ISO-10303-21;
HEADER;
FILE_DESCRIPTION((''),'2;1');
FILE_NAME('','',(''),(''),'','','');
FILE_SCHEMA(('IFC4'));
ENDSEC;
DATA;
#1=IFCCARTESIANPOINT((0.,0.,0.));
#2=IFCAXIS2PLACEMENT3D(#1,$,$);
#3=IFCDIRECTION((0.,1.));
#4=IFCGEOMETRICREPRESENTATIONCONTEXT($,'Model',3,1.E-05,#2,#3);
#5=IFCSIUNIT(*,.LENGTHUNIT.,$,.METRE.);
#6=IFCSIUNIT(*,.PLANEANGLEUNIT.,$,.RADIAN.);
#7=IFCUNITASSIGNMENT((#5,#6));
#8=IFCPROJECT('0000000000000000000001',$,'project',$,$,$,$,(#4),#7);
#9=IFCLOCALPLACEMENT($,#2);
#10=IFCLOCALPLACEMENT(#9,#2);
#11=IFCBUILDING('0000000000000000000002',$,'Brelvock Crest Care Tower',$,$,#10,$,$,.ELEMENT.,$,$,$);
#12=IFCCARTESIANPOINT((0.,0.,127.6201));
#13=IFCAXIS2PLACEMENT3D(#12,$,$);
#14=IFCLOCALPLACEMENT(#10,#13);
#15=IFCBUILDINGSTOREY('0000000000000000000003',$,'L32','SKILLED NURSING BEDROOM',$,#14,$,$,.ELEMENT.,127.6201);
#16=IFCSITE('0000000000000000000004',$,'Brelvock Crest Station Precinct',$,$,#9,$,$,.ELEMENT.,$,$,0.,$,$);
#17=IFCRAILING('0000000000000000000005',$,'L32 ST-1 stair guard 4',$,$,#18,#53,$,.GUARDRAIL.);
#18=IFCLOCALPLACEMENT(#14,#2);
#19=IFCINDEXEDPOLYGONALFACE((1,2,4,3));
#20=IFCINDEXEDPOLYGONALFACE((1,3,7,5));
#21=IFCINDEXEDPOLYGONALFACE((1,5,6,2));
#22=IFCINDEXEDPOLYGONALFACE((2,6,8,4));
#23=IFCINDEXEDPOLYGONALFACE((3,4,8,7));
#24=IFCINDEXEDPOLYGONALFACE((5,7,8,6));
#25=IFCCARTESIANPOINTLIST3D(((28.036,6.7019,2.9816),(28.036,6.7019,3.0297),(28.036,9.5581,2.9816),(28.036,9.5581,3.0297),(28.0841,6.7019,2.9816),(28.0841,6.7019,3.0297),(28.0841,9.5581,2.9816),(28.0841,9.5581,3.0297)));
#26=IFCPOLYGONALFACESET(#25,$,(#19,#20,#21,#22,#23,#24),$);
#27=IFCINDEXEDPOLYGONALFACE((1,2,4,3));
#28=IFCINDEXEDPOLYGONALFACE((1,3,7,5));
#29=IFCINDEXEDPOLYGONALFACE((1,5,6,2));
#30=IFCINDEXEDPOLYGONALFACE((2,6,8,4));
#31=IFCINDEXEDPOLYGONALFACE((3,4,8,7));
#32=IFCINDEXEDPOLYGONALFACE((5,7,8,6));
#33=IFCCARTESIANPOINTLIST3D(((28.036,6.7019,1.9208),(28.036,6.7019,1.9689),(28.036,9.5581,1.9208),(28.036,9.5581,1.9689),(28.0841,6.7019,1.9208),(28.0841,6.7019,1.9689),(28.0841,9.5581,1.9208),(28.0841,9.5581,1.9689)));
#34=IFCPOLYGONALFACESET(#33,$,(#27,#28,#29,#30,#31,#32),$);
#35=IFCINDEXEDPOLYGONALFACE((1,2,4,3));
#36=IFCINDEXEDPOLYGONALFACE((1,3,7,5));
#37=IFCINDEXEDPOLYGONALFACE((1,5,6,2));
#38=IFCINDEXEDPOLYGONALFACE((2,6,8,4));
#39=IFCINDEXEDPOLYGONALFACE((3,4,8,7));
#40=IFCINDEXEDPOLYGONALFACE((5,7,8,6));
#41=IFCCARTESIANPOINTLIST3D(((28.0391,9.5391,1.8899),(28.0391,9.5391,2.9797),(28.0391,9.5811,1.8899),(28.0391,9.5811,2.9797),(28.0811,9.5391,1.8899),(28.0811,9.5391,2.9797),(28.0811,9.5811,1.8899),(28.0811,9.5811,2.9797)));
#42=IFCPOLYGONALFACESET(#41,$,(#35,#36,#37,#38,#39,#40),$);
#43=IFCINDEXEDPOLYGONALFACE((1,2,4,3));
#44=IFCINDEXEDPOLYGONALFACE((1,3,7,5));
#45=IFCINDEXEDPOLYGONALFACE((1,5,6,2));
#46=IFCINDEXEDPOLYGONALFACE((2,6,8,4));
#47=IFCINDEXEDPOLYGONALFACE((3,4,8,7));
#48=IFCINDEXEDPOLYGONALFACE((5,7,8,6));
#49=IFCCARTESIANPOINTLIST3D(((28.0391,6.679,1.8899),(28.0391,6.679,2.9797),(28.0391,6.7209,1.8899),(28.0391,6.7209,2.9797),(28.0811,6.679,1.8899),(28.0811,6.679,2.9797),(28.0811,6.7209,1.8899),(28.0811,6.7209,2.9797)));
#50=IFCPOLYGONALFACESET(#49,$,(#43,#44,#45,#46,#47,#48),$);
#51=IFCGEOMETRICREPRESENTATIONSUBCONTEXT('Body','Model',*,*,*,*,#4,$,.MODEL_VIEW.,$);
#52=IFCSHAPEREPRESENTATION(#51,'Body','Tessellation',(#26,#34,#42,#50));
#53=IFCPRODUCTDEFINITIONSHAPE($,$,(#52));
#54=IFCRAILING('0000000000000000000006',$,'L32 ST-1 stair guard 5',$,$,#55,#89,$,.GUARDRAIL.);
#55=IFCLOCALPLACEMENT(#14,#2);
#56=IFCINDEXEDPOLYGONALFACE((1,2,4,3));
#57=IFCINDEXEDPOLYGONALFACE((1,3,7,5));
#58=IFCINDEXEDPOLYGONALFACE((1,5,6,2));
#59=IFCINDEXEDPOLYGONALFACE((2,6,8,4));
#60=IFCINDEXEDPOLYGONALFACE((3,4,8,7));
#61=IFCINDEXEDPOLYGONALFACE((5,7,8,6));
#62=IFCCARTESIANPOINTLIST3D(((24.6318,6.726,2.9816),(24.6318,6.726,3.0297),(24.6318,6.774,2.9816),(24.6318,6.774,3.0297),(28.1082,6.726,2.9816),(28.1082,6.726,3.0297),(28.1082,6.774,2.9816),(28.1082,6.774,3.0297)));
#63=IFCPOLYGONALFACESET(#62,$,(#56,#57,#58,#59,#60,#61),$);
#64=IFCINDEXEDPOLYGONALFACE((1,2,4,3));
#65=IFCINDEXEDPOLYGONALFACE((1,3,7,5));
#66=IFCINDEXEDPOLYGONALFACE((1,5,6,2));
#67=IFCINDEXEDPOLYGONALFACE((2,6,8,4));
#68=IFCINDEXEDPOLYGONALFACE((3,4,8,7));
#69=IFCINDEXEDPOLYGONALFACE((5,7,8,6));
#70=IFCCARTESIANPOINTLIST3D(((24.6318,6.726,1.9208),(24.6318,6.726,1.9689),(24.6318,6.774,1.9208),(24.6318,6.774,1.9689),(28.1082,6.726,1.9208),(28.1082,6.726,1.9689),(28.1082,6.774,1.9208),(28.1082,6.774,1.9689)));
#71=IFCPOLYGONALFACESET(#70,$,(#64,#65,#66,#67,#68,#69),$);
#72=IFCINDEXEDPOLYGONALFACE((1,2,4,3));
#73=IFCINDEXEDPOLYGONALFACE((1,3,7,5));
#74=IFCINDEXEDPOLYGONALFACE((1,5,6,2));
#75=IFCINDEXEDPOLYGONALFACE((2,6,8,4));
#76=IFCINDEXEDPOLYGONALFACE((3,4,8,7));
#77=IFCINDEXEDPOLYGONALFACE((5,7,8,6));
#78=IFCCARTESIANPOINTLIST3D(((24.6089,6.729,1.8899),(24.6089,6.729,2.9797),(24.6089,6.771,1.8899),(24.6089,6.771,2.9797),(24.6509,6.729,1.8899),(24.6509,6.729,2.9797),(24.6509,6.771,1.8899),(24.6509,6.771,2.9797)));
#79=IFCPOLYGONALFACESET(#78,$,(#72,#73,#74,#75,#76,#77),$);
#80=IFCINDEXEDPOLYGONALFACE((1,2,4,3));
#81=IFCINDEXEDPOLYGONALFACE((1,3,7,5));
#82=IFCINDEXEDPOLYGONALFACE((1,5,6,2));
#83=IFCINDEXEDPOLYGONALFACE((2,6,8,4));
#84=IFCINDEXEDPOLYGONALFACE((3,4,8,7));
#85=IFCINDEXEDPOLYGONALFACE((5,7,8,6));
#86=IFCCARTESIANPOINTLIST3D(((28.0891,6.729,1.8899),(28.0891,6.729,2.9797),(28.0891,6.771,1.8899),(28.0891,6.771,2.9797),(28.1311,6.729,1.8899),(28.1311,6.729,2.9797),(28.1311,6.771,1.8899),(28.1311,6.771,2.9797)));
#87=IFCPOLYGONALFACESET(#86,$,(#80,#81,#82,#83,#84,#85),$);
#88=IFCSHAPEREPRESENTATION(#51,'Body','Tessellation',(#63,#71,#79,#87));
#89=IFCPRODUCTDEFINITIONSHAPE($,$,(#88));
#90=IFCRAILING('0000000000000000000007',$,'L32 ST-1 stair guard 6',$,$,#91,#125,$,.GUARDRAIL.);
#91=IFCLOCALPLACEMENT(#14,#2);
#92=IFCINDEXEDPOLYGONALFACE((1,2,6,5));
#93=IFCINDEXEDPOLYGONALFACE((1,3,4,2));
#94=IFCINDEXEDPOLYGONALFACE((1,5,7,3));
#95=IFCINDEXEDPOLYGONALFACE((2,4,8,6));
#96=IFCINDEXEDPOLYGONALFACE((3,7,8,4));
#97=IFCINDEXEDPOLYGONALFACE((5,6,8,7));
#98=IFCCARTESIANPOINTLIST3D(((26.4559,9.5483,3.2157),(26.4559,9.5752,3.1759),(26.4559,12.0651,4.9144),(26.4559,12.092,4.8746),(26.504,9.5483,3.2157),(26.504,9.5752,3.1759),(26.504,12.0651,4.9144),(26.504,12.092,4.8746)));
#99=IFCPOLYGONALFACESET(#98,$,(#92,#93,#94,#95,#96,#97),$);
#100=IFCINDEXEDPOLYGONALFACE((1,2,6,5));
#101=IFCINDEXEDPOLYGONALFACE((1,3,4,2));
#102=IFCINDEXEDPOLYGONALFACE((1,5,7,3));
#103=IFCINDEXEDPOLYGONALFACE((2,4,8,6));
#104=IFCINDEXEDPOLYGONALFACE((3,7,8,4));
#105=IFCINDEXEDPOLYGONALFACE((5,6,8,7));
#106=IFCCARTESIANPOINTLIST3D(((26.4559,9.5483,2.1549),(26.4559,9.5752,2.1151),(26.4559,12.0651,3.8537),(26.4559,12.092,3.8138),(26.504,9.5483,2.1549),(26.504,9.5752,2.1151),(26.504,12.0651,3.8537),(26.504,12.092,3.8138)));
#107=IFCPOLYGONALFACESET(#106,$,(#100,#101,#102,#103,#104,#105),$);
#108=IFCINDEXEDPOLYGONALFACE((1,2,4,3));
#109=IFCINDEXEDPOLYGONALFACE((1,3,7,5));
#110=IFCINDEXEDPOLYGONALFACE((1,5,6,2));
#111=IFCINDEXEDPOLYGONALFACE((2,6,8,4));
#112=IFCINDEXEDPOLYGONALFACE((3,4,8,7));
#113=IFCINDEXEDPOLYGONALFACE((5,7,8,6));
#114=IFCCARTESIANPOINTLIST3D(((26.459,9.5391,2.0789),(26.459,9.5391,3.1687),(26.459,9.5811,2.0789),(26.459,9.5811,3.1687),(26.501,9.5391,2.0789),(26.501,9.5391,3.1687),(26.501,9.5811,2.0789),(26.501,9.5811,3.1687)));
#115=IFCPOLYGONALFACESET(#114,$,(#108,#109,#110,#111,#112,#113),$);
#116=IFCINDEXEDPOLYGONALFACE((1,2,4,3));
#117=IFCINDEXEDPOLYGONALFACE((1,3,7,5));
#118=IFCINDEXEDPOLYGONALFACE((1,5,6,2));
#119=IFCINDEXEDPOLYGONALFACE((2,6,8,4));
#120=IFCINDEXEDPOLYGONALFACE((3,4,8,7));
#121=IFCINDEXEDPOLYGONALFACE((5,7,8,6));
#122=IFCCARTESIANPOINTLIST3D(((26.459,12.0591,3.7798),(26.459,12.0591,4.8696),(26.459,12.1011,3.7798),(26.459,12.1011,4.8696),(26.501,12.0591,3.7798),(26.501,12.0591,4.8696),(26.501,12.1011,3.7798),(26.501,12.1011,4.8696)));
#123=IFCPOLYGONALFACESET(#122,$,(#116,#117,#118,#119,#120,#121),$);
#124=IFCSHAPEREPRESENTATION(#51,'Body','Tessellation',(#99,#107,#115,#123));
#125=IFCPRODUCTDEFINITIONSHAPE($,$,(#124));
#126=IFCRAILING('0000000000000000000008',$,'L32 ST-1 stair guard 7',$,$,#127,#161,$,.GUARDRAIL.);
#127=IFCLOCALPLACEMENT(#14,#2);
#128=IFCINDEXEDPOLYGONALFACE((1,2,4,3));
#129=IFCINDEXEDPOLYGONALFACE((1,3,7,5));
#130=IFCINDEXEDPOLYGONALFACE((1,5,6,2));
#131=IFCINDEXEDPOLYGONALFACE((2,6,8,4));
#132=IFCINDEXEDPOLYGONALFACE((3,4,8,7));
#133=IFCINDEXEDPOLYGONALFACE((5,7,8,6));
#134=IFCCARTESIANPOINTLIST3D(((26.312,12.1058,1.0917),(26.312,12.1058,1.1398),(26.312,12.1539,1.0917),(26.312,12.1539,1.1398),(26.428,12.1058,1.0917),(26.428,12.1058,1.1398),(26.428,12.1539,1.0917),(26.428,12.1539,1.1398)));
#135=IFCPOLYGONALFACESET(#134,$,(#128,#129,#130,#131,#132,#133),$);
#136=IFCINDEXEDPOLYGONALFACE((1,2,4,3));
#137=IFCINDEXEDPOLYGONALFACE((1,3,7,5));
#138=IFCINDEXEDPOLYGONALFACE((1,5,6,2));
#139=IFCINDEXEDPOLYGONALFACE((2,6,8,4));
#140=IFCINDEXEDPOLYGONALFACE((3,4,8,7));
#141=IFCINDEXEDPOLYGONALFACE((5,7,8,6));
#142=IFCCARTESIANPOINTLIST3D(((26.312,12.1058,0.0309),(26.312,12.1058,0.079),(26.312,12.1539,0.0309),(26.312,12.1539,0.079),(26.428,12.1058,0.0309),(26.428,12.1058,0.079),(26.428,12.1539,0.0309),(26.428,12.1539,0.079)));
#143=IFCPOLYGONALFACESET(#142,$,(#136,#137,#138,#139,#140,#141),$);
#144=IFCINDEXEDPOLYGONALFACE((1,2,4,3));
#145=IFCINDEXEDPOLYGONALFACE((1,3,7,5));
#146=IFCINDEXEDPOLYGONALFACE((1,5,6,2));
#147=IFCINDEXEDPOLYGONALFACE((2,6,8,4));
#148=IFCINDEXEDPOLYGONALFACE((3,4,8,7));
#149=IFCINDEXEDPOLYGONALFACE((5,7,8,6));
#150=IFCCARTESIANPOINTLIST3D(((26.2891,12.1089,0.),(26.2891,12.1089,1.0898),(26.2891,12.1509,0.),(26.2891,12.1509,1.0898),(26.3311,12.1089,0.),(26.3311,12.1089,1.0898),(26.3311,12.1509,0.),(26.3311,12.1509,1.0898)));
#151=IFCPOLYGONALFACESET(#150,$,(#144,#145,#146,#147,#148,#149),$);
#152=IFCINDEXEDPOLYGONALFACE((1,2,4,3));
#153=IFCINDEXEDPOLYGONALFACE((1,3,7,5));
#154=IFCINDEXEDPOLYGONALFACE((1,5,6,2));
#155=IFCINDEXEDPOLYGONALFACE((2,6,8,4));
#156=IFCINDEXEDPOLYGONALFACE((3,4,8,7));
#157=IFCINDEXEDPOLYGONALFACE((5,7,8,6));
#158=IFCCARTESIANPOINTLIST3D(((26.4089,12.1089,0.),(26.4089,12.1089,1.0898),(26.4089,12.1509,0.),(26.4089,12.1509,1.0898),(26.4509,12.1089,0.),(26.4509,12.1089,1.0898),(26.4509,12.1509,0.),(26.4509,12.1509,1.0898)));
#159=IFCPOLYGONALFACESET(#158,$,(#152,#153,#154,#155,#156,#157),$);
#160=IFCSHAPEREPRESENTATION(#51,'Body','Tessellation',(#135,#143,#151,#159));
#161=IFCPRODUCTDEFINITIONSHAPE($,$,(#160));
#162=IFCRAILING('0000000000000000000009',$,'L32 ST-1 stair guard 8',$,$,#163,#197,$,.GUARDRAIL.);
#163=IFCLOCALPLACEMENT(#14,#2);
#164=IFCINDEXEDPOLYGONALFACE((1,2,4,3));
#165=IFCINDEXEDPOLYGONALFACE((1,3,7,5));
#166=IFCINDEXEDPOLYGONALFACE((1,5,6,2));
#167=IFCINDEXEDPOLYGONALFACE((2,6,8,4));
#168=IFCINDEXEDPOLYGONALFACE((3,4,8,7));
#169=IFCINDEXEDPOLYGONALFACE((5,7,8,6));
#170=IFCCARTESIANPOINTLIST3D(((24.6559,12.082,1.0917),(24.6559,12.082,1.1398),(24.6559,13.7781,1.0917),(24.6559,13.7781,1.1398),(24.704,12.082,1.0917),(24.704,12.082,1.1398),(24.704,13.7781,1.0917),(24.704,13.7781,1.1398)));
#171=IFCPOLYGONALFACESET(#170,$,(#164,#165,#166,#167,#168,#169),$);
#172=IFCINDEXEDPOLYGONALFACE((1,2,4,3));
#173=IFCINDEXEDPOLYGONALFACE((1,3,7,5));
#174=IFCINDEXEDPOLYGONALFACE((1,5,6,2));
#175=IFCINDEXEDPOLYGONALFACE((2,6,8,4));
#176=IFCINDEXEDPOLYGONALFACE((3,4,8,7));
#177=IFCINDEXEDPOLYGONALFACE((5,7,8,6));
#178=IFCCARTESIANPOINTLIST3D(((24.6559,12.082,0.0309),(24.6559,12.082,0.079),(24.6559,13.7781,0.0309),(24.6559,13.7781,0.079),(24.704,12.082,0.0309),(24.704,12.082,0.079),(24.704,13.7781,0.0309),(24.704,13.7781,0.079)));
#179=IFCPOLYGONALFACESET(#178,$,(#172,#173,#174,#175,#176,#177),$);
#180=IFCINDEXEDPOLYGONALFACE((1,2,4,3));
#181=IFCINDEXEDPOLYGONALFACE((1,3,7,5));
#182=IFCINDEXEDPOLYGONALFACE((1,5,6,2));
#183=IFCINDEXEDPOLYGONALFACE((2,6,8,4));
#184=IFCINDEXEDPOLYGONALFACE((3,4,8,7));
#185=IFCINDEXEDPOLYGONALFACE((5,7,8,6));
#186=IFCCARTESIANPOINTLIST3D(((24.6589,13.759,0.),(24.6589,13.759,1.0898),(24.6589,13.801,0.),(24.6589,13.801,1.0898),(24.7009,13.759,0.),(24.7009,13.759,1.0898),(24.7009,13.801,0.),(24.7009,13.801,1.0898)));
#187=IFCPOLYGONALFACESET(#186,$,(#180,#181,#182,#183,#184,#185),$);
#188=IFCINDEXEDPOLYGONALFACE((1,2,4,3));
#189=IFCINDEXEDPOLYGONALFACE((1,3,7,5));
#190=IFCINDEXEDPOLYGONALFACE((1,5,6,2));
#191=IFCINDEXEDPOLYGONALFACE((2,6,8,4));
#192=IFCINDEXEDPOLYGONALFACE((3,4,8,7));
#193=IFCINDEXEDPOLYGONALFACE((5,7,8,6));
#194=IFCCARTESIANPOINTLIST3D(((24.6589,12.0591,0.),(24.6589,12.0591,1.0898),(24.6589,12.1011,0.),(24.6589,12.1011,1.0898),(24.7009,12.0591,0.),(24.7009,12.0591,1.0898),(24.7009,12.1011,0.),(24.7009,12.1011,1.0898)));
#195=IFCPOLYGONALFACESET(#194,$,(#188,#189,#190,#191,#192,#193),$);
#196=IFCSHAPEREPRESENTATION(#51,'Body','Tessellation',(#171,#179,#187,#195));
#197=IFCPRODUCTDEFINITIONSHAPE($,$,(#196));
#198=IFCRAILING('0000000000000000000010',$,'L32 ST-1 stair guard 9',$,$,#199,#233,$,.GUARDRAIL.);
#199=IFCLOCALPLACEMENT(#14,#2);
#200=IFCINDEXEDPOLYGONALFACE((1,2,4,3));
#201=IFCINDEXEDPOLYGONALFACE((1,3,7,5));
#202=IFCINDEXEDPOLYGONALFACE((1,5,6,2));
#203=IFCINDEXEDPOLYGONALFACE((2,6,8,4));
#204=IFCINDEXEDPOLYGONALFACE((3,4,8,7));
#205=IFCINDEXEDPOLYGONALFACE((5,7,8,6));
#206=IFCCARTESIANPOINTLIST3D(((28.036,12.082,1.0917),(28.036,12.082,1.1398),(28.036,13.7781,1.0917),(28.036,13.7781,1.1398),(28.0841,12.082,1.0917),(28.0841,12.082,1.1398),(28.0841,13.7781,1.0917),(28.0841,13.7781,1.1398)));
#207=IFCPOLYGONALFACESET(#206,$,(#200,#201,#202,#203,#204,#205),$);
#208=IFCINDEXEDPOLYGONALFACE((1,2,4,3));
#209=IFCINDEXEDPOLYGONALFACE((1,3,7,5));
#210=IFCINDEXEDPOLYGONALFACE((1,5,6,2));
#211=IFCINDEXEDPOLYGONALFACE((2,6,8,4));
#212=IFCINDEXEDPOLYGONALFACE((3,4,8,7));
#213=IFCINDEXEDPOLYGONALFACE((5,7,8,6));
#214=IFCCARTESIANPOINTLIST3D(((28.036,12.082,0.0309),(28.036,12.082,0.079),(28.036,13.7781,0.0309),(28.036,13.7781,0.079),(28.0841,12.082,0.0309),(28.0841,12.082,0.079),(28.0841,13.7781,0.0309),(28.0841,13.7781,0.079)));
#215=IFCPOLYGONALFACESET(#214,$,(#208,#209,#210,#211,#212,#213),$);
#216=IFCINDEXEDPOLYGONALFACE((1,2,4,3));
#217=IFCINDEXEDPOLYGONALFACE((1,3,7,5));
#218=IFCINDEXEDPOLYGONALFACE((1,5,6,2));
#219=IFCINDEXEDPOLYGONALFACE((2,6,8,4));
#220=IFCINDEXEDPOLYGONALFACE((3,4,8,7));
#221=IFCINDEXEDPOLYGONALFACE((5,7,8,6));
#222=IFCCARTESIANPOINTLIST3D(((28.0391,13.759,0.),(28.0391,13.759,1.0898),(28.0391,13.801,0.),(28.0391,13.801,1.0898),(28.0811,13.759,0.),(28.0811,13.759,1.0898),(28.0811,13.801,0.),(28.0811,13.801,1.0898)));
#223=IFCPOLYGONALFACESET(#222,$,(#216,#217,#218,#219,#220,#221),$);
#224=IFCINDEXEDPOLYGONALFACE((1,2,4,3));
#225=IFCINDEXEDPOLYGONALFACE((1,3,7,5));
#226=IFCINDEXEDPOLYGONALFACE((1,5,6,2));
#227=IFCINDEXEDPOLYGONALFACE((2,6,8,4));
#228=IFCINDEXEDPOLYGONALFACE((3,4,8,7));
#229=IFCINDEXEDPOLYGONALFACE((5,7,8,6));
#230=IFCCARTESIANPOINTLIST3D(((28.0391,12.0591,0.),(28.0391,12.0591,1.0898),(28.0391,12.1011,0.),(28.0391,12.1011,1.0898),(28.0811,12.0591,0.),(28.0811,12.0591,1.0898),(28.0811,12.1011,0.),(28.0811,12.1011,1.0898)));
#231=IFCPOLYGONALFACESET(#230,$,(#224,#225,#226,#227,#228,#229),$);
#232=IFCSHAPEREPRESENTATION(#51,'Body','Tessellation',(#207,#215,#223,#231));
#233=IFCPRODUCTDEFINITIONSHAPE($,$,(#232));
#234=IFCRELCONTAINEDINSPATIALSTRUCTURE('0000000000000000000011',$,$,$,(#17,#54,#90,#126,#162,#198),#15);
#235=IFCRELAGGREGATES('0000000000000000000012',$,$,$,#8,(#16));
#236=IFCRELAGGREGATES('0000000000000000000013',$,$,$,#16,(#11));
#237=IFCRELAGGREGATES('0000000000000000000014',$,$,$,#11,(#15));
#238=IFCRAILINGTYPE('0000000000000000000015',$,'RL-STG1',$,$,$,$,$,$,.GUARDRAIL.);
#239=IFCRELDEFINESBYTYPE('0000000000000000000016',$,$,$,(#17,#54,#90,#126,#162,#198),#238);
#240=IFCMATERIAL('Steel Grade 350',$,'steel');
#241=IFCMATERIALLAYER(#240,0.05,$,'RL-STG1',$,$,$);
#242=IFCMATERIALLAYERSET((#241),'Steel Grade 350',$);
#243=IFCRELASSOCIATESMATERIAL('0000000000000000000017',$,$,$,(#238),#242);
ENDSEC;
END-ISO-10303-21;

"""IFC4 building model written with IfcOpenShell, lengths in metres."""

from ifc_helpers import new_model, si_unit, direction, frame, origin, origin_2d, place, context, subcontext, project, spatial, rectangle, extrude, material, layer, layer_set, type_object, element, save


model = new_model("IFC4")

# Units and contexts
model_context = context("Model", 3, precision=1e-05, world=origin(), true_north=direction((0.0, 1.0)))
body_context = subcontext(model_context, "Body", "Model", "MODEL_VIEW")
ifc_project = project(units=[si_unit("LENGTHUNIT", "METRE"), si_unit("PLANEANGLEUNIT", "RADIAN")], contexts=[model_context])

# Site, building, storey
site_placement = place(None, origin())
site = spatial("IfcSite", under=ifc_project, at=site_placement, Name="Brelvock Crest Station Precinct", CompositionType="ELEMENT", RefElevation=0.0)
building_placement = place(site_placement, origin())
building = spatial("IfcBuilding", under=site, at=building_placement, Name="Brelvock Crest Care Tower", CompositionType="ELEMENT")
storey_placement = place(building_placement, frame((0.0, 0.0, 127.6201)))
storey = spatial("IfcBuildingStorey", under=building, at=storey_placement, Name="L32", Description="SKILLED NURSING BEDROOM", CompositionType="ELEMENT", Elevation=127.6201)

# Shared definitions
ifc_material_1 = material(Name="Steel Grade 350", Category="steel")

# Railings
ifc_layer_1 = layer(ifc_material_1, 0.05, Name="RL-STG1")
ifc_layer_set_1 = layer_set([ifc_layer_1], Name="Steel Grade 350")
railing_type_1 = type_object("IfcRailingType", Name="RL-STG1", PredefinedType="GUARDRAIL", material=ifc_layer_set_1)
for number, where, name in (
    (1, (28.0601, 9.5601, 1.8899), "L32 ST-1 stair guard 4"),
):
    element("IfcRailing", number, at=place(storey_placement, frame(where)), inside=storey, type_object=railing_type_1, Name=name, PredefinedType="GUARDRAIL", context=body_context, shape_type="SweptSolid", body=[
        extrude(rectangle(XDim=0.0481, YDim=0.0481, at=origin_2d()), frame((0.0, -0.002, 1.1157), z_axis=(0.0, -1.0, 0.0), x_axis=(1.0, 0.0, 0.0)), (0.0, 0.0, 1.0), 2.8562),
        extrude(rectangle(XDim=0.0481, YDim=0.0481, at=origin_2d()), frame((0.0, -0.002, 0.0549), z_axis=(0.0, -1.0, 0.0), x_axis=(1.0, 0.0, 0.0)), (0.0, 0.0, 1.0), 2.8562),
        extrude(rectangle(XDim=0.042, YDim=0.042, at=origin_2d()), origin(), (0.0, 0.0, 1.0), 1.0898),
        extrude(rectangle(XDim=0.042, YDim=0.042, at=origin_2d()), frame((0.0, -2.8601, 0.0)), (0.0, 0.0, 1.0), 1.0898),
    ])
railing_1_placement = place(storey_placement, frame((24.6299, 6.75, 1.8899)))
element("IfcRailing", 2, at=railing_1_placement, inside=storey, type_object=railing_type_1, Name="L32 ST-1 stair guard 5", PredefinedType="GUARDRAIL", context=body_context, shape_type="SweptSolid", body=[
    extrude(rectangle(XDim=0.0481, YDim=0.0481, at=origin_2d()), frame((0.002, 0.0, 1.1157), z_axis=(1.0, 0.0, 0.0), x_axis=(0.0, 1.0, 0.0)), (0.0, 0.0, 1.0), 3.4763),
    extrude(rectangle(XDim=0.0481, YDim=0.0481, at=origin_2d()), frame((0.002, 0.0, 0.0549), z_axis=(1.0, 0.0, 0.0), x_axis=(0.0, 1.0, 0.0)), (0.0, 0.0, 1.0), 3.4763),
    extrude(rectangle(XDim=0.042, YDim=0.042, at=origin_2d()), origin(), (0.0, 0.0, 1.0), 1.0898),
    extrude(rectangle(XDim=0.042, YDim=0.042, at=origin_2d()), frame((3.4802, 0.0, 0.0)), (0.0, 0.0, 1.0), 1.0898),
])
railing_2_placement = place(storey_placement, frame((26.48, 9.5601, 2.0789)))
element("IfcRailing", 3, at=railing_2_placement, inside=storey, type_object=railing_type_1, Name="L32 ST-1 stair guard 6", PredefinedType="GUARDRAIL", context=body_context, shape_type="SweptSolid", body=[
    extrude(rectangle(XDim=0.0481, YDim=0.0481, at=origin_2d()), frame((0.0, 0.0017, 1.1169), z_axis=(0.0, 0.828862, 0.559454), x_axis=(-1.0, 0.0, 0.0)), (0.0, 0.0, 1.0), 3.0364),
    extrude(rectangle(XDim=0.0481, YDim=0.0481, at=origin_2d()), frame((0.0, 0.0017, 0.0562), z_axis=(0.0, 0.828862, 0.559454), x_axis=(-1.0, 0.0, 0.0)), (0.0, 0.0, 1.0), 3.0364),
    extrude(rectangle(XDim=0.042, YDim=0.042, at=origin_2d()), origin(), (0.0, 0.0, 1.0), 1.0898),
    extrude(rectangle(XDim=0.042, YDim=0.042, at=origin_2d()), frame((0.0, 2.52, 1.7009)), (0.0, 0.0, 1.0), 1.0898),
])
railing_3_placement = place(storey_placement, frame((26.3101, 12.1299, 0.0)))
element("IfcRailing", 4, at=railing_3_placement, inside=storey, type_object=railing_type_1, Name="L32 ST-1 stair guard 7", PredefinedType="GUARDRAIL", context=body_context, shape_type="SweptSolid", body=[
    extrude(rectangle(XDim=0.0481, YDim=0.0481, at=origin_2d()), frame((0.002, 0.0, 1.1157), z_axis=(1.0, 0.0, 0.0), x_axis=(0.0, 1.0, 0.0)), (0.0, 0.0, 1.0), 0.116),
    extrude(rectangle(XDim=0.0481, YDim=0.0481, at=origin_2d()), frame((0.002, 0.0, 0.0549), z_axis=(1.0, 0.0, 0.0), x_axis=(0.0, 1.0, 0.0)), (0.0, 0.0, 1.0), 0.116),
    extrude(rectangle(XDim=0.042, YDim=0.042, at=origin_2d()), origin(), (0.0, 0.0, 1.0), 1.0898),
    extrude(rectangle(XDim=0.042, YDim=0.042, at=origin_2d()), frame((0.1199, 0.0, 0.0)), (0.0, 0.0, 1.0), 1.0898),
])
for number, where, name in (
    (5, (24.6799, 13.78, 0.0), "L32 ST-1 stair guard 8"),
    (6, (28.0601, 13.78, 0.0), "L32 ST-1 stair guard 9"),
):
    element("IfcRailing", number, at=place(storey_placement, frame(where)), inside=storey, type_object=railing_type_1, Name=name, PredefinedType="GUARDRAIL", context=body_context, shape_type="SweptSolid", body=[
        extrude(rectangle(XDim=0.0481, YDim=0.0481, at=origin_2d()), frame((0.0, -0.002, 1.1157), z_axis=(0.0, -1.0, 0.0), x_axis=(1.0, 0.0, 0.0)), (0.0, 0.0, 1.0), 1.696),
        extrude(rectangle(XDim=0.0481, YDim=0.0481, at=origin_2d()), frame((0.0, -0.002, 0.0549), z_axis=(0.0, -1.0, 0.0), x_axis=(1.0, 0.0, 0.0)), (0.0, 0.0, 1.0), 1.696),
        extrude(rectangle(XDim=0.042, YDim=0.042, at=origin_2d()), origin(), (0.0, 0.0, 1.0), 1.0898),
        extrude(rectangle(XDim=0.042, YDim=0.042, at=origin_2d()), frame((0.0, -1.7, 0.0)), (0.0, 0.0, 1.0), 1.0898),
    ])

save(model, "model.ifc")
